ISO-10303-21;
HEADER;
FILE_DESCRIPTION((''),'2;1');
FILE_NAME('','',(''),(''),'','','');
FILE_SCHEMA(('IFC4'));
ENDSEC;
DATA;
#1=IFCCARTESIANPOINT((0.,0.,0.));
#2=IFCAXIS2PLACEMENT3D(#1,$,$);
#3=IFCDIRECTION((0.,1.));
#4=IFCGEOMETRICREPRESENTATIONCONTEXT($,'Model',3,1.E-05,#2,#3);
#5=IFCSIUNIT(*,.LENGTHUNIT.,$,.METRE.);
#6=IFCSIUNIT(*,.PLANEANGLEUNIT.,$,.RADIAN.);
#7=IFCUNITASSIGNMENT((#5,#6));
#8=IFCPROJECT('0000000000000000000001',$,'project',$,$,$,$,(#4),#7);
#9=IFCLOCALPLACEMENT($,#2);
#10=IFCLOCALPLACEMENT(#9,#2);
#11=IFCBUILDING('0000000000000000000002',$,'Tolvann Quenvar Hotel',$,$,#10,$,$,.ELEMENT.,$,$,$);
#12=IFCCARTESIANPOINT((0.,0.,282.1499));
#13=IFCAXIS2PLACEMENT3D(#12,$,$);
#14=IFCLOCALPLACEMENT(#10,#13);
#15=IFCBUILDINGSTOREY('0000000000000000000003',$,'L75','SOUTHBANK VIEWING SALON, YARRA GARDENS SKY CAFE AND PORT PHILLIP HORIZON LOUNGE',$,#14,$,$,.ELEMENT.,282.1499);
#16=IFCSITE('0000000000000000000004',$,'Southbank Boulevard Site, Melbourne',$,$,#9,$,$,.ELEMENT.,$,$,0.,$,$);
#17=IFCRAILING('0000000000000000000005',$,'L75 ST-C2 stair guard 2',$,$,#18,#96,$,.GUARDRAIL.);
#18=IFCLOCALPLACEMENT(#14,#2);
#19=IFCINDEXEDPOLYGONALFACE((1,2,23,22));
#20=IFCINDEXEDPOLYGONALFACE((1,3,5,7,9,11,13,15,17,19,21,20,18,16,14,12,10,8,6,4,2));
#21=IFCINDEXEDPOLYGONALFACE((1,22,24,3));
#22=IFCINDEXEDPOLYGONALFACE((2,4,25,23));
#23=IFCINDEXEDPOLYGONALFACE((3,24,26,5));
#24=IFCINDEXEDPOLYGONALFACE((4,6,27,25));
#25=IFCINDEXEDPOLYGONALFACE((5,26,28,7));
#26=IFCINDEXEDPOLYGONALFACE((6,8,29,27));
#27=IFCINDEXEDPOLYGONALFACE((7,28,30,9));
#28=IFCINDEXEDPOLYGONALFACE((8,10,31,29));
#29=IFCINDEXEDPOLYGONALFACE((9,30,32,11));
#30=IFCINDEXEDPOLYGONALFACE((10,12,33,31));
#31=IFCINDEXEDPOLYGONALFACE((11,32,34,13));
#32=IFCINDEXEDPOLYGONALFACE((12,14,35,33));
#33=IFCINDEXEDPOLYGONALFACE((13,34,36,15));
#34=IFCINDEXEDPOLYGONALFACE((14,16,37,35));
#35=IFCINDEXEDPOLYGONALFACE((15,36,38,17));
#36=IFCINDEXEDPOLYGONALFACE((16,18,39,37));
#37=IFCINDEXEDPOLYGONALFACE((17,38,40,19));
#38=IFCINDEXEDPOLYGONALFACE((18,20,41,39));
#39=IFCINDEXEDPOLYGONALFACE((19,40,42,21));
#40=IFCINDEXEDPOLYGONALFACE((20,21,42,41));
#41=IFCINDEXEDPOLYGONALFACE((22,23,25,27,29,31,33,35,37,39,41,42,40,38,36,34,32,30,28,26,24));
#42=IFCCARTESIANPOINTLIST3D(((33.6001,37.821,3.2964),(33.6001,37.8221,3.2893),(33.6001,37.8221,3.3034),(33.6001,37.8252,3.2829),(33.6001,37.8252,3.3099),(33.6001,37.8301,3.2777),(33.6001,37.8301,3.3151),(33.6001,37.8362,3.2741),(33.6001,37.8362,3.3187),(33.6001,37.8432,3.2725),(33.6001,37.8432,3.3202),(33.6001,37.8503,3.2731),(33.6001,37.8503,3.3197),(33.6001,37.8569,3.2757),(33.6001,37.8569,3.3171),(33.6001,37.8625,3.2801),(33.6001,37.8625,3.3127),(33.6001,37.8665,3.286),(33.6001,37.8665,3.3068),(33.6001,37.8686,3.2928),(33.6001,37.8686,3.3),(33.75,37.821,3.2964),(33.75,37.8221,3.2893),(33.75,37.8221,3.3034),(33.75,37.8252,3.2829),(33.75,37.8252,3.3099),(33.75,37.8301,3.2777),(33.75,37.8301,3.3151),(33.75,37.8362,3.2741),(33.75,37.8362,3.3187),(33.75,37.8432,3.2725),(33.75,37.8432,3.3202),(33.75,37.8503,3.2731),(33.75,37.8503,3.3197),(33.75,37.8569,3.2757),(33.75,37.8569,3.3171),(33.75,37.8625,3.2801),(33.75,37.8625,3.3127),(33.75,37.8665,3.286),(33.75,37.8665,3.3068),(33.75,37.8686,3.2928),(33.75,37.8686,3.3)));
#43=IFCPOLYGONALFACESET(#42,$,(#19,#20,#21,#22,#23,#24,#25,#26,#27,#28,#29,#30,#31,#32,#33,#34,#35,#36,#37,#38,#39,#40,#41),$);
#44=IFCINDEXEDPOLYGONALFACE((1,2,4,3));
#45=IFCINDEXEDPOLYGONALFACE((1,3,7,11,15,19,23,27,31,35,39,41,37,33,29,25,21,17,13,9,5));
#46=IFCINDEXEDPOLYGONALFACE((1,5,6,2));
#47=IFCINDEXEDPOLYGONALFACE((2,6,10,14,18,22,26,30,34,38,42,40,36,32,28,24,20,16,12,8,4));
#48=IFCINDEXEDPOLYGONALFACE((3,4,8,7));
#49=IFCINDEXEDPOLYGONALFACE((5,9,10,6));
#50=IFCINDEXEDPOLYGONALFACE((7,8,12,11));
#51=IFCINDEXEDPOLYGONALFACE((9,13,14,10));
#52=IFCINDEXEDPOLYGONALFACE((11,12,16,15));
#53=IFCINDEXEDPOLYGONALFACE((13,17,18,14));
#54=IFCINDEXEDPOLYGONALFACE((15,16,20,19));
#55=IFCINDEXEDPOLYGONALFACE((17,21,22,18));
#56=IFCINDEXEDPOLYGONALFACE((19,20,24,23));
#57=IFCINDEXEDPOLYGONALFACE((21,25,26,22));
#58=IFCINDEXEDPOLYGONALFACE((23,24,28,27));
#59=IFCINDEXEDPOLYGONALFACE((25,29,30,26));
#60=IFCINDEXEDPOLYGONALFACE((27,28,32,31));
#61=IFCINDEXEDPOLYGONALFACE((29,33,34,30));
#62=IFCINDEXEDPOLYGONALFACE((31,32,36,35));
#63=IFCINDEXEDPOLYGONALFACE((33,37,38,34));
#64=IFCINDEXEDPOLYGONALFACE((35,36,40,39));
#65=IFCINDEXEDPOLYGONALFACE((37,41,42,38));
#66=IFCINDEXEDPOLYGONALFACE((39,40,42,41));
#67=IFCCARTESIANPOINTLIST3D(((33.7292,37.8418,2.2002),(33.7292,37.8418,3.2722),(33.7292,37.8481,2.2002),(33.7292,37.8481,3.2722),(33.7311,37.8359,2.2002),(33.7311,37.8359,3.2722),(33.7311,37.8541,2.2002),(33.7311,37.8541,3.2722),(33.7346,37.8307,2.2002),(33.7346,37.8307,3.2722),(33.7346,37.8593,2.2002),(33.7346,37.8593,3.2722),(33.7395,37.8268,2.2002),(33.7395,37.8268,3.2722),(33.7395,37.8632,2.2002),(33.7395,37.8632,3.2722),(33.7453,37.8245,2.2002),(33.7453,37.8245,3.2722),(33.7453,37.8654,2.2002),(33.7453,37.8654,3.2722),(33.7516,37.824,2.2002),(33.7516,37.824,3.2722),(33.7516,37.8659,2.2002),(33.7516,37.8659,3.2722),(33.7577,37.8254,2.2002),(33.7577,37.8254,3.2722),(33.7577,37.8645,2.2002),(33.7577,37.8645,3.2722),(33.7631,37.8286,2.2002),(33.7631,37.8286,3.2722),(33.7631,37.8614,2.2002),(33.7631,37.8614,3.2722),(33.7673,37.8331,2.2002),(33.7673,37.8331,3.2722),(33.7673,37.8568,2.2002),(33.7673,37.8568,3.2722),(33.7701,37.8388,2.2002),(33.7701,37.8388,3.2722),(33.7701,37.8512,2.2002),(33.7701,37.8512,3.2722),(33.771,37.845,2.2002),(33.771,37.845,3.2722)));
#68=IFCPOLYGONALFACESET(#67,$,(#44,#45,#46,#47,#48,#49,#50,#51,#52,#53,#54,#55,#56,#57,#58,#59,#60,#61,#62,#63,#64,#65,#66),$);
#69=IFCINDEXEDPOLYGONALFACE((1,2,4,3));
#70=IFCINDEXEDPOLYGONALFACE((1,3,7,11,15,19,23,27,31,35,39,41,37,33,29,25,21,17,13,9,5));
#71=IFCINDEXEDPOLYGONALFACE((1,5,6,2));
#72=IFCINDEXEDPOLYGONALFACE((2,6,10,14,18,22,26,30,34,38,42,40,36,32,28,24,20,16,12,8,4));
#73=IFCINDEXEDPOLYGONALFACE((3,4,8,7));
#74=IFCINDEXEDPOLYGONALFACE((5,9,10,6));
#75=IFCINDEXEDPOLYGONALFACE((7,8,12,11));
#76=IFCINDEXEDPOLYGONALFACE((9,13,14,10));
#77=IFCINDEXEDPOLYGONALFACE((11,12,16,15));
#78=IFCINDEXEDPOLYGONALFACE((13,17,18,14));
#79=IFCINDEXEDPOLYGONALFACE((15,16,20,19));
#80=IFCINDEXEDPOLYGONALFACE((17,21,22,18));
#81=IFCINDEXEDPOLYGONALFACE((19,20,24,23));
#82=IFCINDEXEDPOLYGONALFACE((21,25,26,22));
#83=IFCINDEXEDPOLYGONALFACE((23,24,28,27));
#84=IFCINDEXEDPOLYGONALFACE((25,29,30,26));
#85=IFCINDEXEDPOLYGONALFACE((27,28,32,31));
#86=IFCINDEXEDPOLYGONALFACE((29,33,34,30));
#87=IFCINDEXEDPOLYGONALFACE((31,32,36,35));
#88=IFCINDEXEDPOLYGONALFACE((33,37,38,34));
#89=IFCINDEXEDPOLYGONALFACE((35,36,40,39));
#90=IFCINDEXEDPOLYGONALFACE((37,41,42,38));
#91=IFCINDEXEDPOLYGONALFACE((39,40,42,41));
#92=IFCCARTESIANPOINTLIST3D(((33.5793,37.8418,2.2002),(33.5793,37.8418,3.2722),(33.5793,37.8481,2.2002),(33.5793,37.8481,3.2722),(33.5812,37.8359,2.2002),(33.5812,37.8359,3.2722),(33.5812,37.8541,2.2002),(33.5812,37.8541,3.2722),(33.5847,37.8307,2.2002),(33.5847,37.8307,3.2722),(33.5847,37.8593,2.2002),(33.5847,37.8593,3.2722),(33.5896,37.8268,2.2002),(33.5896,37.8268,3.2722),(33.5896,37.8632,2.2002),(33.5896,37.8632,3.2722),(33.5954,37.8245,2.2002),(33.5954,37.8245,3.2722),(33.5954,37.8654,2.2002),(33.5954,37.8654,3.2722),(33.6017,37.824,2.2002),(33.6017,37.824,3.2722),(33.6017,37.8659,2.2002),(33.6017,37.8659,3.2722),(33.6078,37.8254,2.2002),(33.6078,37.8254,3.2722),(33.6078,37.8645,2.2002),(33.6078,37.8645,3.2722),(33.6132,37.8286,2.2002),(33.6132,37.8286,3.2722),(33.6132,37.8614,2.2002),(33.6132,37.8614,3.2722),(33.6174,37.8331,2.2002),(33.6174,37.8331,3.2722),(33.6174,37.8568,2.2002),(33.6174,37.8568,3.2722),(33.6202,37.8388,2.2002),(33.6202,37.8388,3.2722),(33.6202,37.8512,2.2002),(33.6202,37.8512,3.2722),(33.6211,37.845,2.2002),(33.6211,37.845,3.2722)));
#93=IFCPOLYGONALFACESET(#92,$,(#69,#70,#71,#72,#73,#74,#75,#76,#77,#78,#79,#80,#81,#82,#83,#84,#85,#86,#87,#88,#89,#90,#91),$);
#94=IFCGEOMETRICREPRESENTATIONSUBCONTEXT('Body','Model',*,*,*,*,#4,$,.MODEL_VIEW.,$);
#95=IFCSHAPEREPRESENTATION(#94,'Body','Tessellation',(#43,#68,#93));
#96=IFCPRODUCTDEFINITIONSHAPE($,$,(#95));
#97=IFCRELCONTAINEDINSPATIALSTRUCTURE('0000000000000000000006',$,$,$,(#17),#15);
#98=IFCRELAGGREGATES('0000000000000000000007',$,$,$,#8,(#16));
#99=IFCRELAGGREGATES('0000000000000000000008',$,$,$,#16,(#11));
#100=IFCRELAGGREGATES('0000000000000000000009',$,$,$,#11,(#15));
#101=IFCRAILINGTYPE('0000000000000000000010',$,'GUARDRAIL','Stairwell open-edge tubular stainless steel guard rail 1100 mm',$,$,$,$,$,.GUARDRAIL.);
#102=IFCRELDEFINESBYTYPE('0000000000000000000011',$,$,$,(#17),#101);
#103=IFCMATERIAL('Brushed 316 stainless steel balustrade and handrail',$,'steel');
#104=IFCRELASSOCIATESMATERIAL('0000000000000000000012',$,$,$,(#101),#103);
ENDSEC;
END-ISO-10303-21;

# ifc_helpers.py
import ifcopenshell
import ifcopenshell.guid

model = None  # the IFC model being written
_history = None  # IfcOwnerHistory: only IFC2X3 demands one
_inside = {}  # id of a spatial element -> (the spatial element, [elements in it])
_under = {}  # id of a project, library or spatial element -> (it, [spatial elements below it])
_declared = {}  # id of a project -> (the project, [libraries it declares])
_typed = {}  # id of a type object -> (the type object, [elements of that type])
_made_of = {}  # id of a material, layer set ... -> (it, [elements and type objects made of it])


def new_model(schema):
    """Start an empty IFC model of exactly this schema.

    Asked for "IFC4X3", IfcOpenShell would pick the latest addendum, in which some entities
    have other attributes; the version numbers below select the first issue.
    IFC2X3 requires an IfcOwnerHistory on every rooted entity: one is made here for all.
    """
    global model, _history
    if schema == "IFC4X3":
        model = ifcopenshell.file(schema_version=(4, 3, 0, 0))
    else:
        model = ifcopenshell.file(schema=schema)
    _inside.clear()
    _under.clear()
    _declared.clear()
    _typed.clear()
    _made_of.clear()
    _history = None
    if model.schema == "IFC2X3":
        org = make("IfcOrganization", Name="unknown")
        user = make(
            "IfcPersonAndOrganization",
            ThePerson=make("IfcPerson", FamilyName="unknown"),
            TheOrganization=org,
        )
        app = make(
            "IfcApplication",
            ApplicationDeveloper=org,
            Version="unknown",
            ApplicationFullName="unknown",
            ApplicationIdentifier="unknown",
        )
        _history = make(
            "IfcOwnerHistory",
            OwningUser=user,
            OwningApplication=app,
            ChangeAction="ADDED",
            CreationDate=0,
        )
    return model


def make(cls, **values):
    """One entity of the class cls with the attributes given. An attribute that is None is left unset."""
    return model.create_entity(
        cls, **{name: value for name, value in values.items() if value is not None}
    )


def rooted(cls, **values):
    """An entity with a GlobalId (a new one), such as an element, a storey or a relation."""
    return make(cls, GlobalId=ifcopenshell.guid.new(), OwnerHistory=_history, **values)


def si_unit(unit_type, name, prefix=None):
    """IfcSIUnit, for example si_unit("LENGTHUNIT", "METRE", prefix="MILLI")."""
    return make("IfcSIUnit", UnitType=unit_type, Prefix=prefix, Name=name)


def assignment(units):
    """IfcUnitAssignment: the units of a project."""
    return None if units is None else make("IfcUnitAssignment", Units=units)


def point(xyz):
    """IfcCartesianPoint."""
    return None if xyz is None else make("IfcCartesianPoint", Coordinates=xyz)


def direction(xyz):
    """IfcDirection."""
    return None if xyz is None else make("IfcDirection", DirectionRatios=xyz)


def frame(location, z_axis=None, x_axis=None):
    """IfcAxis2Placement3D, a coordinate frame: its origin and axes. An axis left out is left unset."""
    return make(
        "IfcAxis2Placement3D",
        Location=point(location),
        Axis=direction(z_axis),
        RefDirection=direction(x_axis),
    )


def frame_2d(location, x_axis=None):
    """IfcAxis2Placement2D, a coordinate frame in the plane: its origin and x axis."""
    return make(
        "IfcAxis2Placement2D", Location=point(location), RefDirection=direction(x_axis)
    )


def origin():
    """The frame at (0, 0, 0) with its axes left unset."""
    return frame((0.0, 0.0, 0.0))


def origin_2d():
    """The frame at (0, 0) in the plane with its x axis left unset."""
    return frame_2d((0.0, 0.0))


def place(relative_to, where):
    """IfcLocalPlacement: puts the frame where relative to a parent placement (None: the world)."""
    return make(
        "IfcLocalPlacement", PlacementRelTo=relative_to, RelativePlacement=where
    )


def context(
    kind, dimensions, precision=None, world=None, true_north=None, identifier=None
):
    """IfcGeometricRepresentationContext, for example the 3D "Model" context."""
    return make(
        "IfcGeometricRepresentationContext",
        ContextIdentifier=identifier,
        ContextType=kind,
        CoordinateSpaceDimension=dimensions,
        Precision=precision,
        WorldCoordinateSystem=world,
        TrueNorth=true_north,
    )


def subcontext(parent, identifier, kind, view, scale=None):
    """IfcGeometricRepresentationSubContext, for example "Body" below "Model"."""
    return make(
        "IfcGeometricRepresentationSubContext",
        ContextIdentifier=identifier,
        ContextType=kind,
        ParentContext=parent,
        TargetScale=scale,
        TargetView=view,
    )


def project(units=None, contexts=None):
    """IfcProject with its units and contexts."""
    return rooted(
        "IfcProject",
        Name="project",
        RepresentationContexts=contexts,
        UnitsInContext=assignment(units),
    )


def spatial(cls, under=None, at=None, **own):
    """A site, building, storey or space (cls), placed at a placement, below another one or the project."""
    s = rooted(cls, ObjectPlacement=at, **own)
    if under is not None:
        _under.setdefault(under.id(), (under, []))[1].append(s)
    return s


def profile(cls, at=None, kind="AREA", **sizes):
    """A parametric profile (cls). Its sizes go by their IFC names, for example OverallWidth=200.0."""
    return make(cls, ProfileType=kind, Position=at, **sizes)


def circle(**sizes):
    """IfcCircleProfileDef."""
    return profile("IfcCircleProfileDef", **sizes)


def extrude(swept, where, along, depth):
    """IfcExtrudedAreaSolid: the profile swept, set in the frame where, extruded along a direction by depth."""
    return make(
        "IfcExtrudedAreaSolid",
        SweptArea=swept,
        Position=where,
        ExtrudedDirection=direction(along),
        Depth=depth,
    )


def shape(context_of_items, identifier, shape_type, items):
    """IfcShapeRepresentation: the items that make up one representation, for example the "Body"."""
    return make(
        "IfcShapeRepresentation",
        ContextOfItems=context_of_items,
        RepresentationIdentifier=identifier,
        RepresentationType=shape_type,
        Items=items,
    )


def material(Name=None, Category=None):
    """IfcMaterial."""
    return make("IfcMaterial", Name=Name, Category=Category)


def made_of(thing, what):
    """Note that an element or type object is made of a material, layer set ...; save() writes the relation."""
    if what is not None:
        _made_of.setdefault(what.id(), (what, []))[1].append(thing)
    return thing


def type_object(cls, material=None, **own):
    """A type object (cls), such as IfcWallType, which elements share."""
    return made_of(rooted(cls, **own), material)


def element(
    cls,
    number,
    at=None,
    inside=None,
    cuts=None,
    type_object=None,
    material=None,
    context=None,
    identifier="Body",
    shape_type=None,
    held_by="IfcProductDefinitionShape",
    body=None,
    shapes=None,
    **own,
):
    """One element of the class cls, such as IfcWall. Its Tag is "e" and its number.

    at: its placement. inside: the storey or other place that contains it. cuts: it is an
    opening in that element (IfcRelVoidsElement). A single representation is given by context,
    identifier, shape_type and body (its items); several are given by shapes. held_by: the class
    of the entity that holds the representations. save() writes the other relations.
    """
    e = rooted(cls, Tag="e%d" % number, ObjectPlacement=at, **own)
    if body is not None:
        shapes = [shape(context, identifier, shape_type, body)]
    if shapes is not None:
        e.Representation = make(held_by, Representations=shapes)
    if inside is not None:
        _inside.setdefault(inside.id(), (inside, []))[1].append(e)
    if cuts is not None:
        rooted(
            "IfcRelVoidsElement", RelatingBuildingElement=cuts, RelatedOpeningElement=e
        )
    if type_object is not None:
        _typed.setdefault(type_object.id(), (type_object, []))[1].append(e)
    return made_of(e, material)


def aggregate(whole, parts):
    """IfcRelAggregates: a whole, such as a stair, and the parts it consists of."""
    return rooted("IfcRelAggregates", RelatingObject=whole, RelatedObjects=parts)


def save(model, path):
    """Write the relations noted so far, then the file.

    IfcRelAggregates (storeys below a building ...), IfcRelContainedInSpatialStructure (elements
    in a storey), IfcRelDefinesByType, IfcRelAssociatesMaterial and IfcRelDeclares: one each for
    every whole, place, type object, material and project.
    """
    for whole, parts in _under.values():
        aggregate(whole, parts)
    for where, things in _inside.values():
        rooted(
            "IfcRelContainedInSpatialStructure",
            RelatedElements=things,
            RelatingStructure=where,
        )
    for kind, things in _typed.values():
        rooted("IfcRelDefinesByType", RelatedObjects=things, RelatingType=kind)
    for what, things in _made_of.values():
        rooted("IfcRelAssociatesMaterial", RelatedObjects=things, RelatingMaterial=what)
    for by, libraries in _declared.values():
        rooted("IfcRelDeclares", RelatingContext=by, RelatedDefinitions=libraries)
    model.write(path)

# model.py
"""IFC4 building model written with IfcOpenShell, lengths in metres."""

from ifc_helpers import new_model, si_unit, direction, frame, origin, origin_2d, place, context, subcontext, project, spatial, circle, extrude, material, type_object, element, save


model = new_model("IFC4")

# Units and contexts
model_context = context("Model", 3, precision=1e-05, world=origin(), true_north=direction((0.0, 1.0)))
body_context = subcontext(model_context, "Body", "Model", "MODEL_VIEW")
ifc_project = project(units=[si_unit("LENGTHUNIT", "METRE"), si_unit("PLANEANGLEUNIT", "RADIAN")], contexts=[model_context])

# Site, building, storey
site_placement = place(None, origin())
site = spatial("IfcSite", under=ifc_project, at=site_placement, Name="Southbank Boulevard Site, Melbourne", CompositionType="ELEMENT", RefElevation=0.0)
building_placement = place(site_placement, origin())
building = spatial("IfcBuilding", under=site, at=building_placement, Name="Tolvann Quenvar Hotel", CompositionType="ELEMENT")
storey_placement = place(building_placement, frame((0.0, 0.0, 282.1499)))
storey = spatial("IfcBuildingStorey", under=building, at=storey_placement, Name="L75", Description="SOUTHBANK VIEWING SALON, YARRA GARDENS SKY CAFE AND PORT PHILLIP HORIZON LOUNGE", CompositionType="ELEMENT", Elevation=282.1499)

# Railing
ifc_material_1 = material(Name="Brushed 316 stainless steel balustrade and handrail", Category="steel")
railing_type_1 = type_object("IfcRailingType", Name="GUARDRAIL", Description="Stairwell open-edge tubular stainless steel guard rail 1100 mm", PredefinedType="GUARDRAIL", material=ifc_material_1)
railing_1_placement = place(storey_placement, frame((33.75, 37.845, 2.2002)))
element("IfcRailing", 1, at=railing_1_placement, inside=storey, type_object=railing_type_1, Name="L75 ST-C2 stair guard 2", PredefinedType="GUARDRAIL", context=body_context, shape_type="SweptSolid", body=[
    extrude(circle(Radius=0.0239, at=origin_2d()), frame((0.0, 0.0, 1.0962), z_axis=(-1.0, 0.0, 0.0), x_axis=(0.0, -1.0, 0.0)), (0.0, 0.0, 1.0), 0.1499),
    extrude(circle(Radius=0.021, at=origin_2d()), origin(), (0.0, 0.0, 1.0), 1.072),
    extrude(circle(Radius=0.021, at=origin_2d()), frame((-0.1499, 0.0, 0.0)), (0.0, 0.0, 1.0), 1.072),
])

save(model, "model.ifc")
